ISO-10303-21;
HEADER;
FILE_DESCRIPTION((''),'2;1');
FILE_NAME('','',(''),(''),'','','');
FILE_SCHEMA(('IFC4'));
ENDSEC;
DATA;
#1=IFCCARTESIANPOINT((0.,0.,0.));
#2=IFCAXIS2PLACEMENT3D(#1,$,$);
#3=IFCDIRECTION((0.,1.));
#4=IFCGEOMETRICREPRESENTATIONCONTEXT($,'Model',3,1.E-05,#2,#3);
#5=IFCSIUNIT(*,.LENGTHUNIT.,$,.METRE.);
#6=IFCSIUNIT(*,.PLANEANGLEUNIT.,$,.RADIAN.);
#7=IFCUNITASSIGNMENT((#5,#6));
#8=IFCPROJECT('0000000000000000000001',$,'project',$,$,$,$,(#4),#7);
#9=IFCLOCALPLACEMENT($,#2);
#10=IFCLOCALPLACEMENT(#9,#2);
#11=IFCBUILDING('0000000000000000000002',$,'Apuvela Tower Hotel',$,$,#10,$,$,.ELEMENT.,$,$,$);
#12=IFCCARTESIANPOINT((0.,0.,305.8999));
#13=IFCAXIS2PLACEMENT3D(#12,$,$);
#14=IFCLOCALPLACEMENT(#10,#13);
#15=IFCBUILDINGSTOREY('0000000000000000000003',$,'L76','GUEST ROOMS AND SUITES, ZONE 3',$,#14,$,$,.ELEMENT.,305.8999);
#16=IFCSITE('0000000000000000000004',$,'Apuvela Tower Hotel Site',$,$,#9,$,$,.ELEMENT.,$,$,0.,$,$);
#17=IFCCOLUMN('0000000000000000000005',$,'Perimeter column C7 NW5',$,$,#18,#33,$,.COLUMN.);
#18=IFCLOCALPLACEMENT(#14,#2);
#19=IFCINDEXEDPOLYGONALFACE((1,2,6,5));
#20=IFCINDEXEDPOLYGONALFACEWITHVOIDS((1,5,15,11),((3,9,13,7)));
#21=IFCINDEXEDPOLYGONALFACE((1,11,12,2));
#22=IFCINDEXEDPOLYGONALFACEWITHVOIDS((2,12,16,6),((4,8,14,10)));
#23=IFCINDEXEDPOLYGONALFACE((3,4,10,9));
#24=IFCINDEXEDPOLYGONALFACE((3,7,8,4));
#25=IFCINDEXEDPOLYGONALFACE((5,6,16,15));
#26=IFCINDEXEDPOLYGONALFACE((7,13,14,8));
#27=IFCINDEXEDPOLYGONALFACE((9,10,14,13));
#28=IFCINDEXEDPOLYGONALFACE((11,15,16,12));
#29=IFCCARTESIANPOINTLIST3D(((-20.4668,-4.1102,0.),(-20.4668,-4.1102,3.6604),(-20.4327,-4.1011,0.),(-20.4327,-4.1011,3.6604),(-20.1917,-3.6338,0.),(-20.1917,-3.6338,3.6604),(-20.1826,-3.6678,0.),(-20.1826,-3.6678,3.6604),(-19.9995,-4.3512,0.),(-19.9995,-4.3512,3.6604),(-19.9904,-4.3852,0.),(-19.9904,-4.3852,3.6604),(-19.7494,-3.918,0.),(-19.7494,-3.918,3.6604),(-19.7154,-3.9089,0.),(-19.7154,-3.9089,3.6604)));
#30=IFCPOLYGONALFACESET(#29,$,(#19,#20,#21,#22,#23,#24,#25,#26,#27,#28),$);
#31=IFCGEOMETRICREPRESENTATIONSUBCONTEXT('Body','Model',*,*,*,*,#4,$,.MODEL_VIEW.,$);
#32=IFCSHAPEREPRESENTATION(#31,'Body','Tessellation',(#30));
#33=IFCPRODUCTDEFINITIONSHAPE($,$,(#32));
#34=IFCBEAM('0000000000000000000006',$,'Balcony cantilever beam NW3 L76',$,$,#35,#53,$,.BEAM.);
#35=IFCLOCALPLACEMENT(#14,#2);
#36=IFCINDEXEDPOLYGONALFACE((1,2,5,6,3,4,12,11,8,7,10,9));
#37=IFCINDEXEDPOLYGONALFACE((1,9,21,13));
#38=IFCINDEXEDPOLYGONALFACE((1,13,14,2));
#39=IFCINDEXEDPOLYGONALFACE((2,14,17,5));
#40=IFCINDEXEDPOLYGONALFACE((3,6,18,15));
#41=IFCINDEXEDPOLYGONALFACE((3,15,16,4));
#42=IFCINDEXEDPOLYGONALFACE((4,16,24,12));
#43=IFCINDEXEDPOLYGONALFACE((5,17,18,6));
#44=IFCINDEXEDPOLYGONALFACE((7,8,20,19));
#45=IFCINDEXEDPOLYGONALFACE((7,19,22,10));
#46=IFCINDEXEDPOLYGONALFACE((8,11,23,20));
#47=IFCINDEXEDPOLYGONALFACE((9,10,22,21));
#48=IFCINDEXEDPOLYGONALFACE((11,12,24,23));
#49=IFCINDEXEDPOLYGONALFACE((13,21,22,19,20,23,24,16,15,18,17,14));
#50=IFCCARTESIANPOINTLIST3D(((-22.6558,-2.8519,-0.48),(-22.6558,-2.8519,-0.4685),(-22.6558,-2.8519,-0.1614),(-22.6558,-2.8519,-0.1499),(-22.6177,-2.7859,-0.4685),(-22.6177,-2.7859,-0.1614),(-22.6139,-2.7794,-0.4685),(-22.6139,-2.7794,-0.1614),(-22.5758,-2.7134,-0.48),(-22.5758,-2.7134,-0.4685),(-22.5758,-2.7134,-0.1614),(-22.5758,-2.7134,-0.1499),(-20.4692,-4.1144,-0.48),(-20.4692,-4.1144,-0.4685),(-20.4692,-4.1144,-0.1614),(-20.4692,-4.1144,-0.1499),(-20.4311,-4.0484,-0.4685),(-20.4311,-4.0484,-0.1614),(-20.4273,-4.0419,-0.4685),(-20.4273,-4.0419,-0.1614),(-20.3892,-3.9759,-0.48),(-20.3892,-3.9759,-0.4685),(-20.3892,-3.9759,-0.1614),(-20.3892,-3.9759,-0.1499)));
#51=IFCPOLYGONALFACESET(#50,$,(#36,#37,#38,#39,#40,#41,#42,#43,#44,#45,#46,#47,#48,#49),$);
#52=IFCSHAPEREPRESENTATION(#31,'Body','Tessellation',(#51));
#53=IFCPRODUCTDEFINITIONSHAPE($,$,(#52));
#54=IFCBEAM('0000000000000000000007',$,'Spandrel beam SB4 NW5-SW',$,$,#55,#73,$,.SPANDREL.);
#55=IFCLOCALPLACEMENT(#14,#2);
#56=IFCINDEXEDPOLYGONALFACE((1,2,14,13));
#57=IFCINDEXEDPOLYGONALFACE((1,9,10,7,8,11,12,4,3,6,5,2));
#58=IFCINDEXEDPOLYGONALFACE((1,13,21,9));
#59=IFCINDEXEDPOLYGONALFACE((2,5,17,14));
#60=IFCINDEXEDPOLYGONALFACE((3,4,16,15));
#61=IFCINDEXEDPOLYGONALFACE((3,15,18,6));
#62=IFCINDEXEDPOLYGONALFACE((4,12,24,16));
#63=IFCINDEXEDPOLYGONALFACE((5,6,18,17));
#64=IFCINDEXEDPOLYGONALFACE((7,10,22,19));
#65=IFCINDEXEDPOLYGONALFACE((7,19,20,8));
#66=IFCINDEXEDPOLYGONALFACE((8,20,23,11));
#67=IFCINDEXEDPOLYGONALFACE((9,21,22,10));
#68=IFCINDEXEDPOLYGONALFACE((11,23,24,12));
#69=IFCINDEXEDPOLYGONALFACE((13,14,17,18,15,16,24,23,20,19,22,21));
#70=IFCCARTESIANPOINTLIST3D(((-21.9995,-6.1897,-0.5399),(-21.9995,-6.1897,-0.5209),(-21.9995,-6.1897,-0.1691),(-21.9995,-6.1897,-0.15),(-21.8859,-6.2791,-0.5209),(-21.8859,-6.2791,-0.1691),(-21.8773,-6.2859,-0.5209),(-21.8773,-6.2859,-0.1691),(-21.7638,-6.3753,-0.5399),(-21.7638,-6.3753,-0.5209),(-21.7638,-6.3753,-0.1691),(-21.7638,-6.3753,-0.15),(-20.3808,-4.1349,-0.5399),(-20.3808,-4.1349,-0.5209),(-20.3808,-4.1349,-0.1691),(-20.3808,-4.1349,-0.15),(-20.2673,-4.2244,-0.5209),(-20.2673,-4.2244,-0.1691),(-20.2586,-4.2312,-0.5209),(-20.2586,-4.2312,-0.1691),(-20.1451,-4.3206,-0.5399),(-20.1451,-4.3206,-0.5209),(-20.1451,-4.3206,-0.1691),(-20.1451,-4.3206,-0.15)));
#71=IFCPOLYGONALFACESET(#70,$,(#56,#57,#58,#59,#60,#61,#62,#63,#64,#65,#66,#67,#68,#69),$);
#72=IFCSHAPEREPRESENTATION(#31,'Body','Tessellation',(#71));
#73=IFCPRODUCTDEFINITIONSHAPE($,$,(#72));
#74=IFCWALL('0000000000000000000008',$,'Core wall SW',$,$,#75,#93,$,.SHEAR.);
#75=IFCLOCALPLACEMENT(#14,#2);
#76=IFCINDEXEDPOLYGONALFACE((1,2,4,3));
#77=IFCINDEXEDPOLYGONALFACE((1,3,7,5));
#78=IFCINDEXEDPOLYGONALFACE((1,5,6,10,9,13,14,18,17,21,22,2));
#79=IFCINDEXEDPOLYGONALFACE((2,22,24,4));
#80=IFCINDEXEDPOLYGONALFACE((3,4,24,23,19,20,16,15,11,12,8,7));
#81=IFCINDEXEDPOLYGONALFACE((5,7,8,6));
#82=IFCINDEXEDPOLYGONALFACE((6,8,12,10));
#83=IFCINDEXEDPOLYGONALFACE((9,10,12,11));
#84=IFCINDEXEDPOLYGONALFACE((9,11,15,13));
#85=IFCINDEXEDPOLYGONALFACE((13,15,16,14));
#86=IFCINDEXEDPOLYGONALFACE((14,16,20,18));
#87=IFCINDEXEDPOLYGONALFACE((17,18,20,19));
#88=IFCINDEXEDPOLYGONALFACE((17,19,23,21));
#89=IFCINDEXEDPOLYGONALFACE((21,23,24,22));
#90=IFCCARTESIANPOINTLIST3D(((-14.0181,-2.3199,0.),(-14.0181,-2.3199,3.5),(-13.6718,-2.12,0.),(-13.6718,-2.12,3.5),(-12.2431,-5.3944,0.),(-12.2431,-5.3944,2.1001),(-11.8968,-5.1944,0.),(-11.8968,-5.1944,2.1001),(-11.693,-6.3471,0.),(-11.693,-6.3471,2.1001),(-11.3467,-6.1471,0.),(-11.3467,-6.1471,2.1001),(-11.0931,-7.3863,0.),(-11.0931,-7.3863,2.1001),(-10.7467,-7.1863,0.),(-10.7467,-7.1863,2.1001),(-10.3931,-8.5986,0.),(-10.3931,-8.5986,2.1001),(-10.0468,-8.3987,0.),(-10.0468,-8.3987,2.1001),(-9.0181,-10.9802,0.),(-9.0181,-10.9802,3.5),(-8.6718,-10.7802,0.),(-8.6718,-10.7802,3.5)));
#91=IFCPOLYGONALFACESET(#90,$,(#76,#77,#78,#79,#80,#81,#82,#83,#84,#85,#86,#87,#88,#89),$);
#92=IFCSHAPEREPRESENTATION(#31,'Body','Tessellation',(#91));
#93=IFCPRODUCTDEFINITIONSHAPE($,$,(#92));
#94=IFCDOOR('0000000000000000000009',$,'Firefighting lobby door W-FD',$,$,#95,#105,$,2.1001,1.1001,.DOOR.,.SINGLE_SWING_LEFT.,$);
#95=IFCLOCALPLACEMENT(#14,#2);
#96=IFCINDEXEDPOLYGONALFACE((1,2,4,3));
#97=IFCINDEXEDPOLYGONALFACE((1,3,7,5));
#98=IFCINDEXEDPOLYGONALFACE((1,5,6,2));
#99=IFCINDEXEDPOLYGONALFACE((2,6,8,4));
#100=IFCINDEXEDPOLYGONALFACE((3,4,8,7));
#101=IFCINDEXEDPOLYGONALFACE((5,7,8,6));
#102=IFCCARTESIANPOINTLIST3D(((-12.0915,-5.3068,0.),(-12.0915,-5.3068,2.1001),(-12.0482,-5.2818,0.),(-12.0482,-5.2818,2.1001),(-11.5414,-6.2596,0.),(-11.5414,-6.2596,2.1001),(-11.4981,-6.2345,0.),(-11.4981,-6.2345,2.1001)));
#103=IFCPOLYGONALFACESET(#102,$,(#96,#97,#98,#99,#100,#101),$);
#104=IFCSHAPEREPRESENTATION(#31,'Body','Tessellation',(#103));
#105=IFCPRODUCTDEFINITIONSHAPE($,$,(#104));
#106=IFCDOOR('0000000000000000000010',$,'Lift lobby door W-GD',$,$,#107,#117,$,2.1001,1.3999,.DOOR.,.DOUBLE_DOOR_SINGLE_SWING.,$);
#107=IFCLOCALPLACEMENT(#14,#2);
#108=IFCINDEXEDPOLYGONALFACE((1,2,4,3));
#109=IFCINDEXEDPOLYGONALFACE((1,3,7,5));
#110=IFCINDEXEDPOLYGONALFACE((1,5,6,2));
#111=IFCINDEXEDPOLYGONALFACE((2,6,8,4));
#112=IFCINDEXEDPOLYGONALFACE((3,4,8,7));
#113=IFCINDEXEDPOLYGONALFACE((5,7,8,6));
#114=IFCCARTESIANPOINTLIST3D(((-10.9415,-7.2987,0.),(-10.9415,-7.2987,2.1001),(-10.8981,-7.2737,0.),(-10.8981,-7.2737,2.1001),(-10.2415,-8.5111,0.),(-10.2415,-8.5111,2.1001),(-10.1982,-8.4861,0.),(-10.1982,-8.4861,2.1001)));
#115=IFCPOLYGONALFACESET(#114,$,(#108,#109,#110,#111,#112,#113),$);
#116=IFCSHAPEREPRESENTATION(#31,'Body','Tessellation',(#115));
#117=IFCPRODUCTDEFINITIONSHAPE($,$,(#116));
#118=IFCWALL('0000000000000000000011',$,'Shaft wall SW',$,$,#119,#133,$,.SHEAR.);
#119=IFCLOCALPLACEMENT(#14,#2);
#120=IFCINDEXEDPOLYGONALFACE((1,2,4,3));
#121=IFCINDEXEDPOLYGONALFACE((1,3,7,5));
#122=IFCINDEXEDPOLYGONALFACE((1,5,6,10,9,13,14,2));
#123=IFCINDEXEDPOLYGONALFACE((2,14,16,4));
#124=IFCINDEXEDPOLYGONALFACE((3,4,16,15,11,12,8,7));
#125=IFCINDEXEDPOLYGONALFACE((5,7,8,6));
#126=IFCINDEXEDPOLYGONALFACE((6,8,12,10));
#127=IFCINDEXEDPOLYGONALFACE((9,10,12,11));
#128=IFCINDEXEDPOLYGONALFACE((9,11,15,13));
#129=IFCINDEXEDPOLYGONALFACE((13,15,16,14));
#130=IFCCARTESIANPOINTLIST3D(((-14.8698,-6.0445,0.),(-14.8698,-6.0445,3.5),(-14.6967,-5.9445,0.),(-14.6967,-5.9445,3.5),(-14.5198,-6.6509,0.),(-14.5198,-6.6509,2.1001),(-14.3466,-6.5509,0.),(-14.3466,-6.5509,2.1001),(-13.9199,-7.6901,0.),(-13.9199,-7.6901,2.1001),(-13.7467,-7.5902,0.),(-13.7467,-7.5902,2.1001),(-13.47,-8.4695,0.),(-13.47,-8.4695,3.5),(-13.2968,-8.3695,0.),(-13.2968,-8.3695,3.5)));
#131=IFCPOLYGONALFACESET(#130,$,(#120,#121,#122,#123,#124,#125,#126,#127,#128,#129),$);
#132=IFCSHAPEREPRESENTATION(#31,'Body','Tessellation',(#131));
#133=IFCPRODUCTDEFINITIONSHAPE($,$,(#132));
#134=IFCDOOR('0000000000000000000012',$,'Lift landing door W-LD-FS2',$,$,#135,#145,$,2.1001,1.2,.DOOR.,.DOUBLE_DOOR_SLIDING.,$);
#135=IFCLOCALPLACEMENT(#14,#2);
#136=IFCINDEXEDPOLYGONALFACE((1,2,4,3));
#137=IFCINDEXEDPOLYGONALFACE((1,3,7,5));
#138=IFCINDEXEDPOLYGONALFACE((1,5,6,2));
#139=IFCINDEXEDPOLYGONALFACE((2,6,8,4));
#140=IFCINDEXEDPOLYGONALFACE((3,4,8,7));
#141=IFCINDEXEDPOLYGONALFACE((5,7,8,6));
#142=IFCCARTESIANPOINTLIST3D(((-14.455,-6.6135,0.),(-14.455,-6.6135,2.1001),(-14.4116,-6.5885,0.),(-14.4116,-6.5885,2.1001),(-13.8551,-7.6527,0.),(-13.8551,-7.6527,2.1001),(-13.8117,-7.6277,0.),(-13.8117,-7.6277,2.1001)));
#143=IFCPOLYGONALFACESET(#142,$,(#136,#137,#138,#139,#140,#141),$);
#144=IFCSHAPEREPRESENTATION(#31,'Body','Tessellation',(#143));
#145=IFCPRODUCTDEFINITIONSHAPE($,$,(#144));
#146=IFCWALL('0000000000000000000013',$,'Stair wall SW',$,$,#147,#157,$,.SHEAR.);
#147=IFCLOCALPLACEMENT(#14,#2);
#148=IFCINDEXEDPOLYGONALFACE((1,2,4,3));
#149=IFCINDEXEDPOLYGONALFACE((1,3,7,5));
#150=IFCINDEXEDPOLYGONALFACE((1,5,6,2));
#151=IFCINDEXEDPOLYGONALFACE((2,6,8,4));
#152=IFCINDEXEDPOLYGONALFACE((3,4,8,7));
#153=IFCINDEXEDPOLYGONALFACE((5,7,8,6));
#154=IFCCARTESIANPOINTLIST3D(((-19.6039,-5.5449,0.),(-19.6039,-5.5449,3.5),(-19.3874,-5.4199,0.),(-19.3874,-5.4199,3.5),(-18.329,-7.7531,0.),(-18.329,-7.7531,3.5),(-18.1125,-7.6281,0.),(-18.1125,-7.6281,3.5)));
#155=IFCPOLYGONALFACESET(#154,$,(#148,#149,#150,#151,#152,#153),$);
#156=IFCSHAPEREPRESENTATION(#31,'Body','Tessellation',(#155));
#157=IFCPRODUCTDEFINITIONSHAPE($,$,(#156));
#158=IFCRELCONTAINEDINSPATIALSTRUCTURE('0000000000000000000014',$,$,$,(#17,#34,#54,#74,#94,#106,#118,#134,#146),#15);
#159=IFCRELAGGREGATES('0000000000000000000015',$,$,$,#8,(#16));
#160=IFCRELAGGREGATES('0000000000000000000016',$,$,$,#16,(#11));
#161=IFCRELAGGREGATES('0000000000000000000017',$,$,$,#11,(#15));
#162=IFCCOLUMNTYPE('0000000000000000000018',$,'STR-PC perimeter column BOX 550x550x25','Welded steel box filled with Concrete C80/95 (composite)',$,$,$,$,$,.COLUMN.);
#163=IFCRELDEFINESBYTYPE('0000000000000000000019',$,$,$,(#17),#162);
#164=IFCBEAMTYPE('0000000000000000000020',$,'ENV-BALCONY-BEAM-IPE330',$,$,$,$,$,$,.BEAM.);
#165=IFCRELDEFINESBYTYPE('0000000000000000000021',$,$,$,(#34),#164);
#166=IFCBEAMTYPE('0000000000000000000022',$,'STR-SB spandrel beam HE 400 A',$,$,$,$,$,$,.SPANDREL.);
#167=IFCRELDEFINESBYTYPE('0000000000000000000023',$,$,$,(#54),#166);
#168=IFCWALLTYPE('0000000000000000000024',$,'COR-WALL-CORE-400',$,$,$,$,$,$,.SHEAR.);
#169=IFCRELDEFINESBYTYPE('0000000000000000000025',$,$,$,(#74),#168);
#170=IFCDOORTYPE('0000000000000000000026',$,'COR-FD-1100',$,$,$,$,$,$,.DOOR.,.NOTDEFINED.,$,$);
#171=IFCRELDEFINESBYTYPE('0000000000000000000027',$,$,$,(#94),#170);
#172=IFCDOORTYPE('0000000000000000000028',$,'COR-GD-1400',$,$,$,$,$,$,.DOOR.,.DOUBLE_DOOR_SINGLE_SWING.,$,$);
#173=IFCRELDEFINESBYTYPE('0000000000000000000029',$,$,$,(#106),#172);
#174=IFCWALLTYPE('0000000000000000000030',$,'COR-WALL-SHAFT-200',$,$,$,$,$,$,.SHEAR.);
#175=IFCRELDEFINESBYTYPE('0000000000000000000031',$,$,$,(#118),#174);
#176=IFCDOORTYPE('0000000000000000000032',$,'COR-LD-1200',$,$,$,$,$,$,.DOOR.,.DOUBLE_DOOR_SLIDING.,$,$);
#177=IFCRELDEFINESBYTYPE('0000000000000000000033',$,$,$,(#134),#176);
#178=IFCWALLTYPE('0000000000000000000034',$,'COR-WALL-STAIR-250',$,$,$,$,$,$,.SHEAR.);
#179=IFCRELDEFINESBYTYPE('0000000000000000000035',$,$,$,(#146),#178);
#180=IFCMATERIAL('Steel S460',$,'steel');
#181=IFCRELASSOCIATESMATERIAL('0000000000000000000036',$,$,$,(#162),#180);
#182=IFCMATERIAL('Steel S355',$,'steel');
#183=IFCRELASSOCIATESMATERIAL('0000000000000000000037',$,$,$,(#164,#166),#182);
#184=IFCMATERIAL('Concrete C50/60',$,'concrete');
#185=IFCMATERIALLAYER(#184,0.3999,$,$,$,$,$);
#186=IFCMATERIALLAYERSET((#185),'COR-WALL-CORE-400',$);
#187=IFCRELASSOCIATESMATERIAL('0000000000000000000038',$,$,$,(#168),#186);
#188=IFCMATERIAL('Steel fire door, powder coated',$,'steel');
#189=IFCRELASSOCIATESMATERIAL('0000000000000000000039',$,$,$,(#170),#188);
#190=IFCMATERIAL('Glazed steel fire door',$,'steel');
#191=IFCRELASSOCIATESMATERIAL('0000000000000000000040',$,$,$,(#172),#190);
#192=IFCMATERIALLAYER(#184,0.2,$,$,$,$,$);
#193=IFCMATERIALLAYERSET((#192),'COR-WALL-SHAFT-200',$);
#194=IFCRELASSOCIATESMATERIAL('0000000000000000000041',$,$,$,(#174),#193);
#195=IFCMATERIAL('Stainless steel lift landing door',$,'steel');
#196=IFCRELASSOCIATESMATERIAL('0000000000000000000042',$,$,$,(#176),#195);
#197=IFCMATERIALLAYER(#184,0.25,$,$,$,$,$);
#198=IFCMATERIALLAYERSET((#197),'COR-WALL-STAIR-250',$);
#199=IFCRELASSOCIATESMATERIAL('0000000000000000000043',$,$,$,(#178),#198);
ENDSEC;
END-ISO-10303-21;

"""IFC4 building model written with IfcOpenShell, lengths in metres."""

from ifc_helpers import new_model, si_unit, direction, frame, frame_2d, origin, origin_2d, place, context, subcontext, project, spatial, rectangle, hollow_rectangle, i_section, extrude, boolean, halfspace, material, layer, layer_set, material_profile, profile_set, type_object, element, fill, save


model = new_model("IFC4")

# Units and contexts
model_context = context("Model", 3, precision=1e-05, world=origin(), true_north=direction((0.0, 1.0)))
body_context = subcontext(model_context, "Body", "Model", "MODEL_VIEW")
ifc_project = project(units=[si_unit("LENGTHUNIT", "METRE"), si_unit("PLANEANGLEUNIT", "RADIAN")], contexts=[model_context])

# Site, building, storey
site_placement = place(None, origin())
site = spatial("IfcSite", under=ifc_project, at=site_placement, Name="Apuvela Tower Hotel Site", CompositionType="ELEMENT", RefElevation=0.0)
building_placement = place(site_placement, origin())
building = spatial("IfcBuilding", under=site, at=building_placement, Name="Apuvela Tower Hotel", CompositionType="ELEMENT")
storey_placement = place(building_placement, frame((0.0, 0.0, 305.8999)))
storey = spatial("IfcBuildingStorey", under=building, at=storey_placement, Name="L76", Description="GUEST ROOMS AND SUITES, ZONE 3", CompositionType="ELEMENT", Elevation=305.8999)

# Column
ifc_material_1 = material(Name="Steel S460", Category="steel")
ifc_material_profile_1 = material_profile(ifc_material_1, hollow_rectangle(XDim=0.55, YDim=0.55, WallThickness=0.0249, at=origin_2d()), Name="BOX 550x550x25")
ifc_material_2 = material(Name="Concrete C80/95", Category="concrete")
ifc_material_profile_2 = material_profile(ifc_material_2, rectangle(XDim=0.5, YDim=0.5, at=origin_2d()), Name="Concrete C80/95 infill")
ifc_profile_set_1 = profile_set([ifc_material_profile_1, ifc_material_profile_2], Name="Steel S460")
column_type = type_object("IfcColumnType", Name="STR-PC perimeter column BOX 550x550x25", Description="Welded steel box filled with Concrete C80/95 (composite)", PredefinedType="COLUMN", material=ifc_profile_set_1)
column_placement = place(storey_placement, frame((-20.0911, -4.0095, 0.0), z_axis=(0.0, 0.0, 1.0), x_axis=(0.5, 0.866025, 0.0)))
element("IfcColumn", 1, at=column_placement, inside=storey, type_object=column_type, Name="Perimeter column C7 NW5", PredefinedType="COLUMN", context=body_context, shape_type="SweptSolid", body=[
    boolean("DIFFERENCE", extrude(hollow_rectangle(XDim=0.55, YDim=0.55, WallThickness=0.0249, at=origin_2d()), origin(), (0.0, 0.0, 1.0), 3.7002), halfspace(frame((0.0, 0.0, 3.6604), z_axis=(0.0, 0.0, 1.0), x_axis=(1.0, 0.0, 0.0)), False)),
])

# Beams
ifc_material_3 = material(Name="Steel S355", Category="steel")
ifc_material_profile_3 = material_profile(ifc_material_3, i_section(OverallWidth=0.1599, OverallDepth=0.3301, WebThickness=0.0076, FlangeThickness=0.0115, at=origin_2d()), Name="IPE 330")
ifc_profile_set_2 = profile_set([ifc_material_profile_3], Name="Steel S355")
beam_type_1 = type_object("IfcBeamType", Name="ENV-BALCONY-BEAM-IPE330", PredefinedType="BEAM", material=ifc_profile_set_2)
beam_1_placement = place(storey_placement, frame((-20.4292, -4.0452, -0.3149), z_axis=(-0.866015, 0.500018, 0.0), x_axis=(-0.500018, -0.866015, 0.0)))
element("IfcBeam", 2, at=beam_1_placement, inside=storey, type_object=beam_type_1, Name="Balcony cantilever beam NW3 L76", PredefinedType="BEAM", context=body_context, shape_type="SweptSolid", body=[
    extrude(i_section(OverallWidth=0.1599, OverallDepth=0.3301, WebThickness=0.0076, FlangeThickness=0.0115, at=origin_2d()), origin(), (0.0, 0.0, 1.0), 2.5249),
])
ifc_material_profile_4 = material_profile(ifc_material_3, i_section(OverallWidth=0.3, OverallDepth=0.3899, WebThickness=0.011, FlangeThickness=0.019, at=origin_2d()), Name="HE 400 A")
ifc_profile_set_3 = profile_set([ifc_material_profile_4], Name="Steel S355")
beam_type_2 = type_object("IfcBeamType", Name="STR-SB spandrel beam HE 400 A", PredefinedType="SPANDREL", material=ifc_profile_set_3)
beam_2_placement = place(storey_placement, frame((-20.2629, -4.2278, -0.345), z_axis=(-0.618827, -0.785527, 0.0), x_axis=(0.785527, -0.618827, 0.0)))
element("IfcBeam", 3, at=beam_2_placement, inside=storey, type_object=beam_type_2, Name="Spandrel beam SB4 NW5-SW", PredefinedType="SPANDREL", context=body_context, shape_type="SweptSolid", body=[
    extrude(i_section(OverallWidth=0.3, OverallDepth=0.3899, WebThickness=0.011, FlangeThickness=0.019, at=origin_2d()), origin(), (0.0, 0.0, 1.0), 2.6157),
])

# Wall, openings, doors
ifc_material_4 = material(Name="Concrete C50/60", Category="concrete")
ifc_layer_1 = layer(ifc_material_4, 0.3999)
ifc_layer_set_1 = layer_set([ifc_layer_1], Name="COR-WALL-CORE-400")
wall_type_1 = type_object("IfcWallType", Name="COR-WALL-CORE-400", PredefinedType="SHEAR", material=ifc_layer_set_1)
wall_1_placement = place(storey_placement, frame((-13.845, -2.22, 0.0), z_axis=(0.0, 0.0, 1.0), x_axis=(0.500004, -0.866023, 0.0)))
wall_1 = element("IfcWall", 4, at=wall_1_placement, inside=storey, type_object=wall_type_1, Name="Core wall SW", PredefinedType="SHEAR", context=body_context, shape_type="SweptSolid", body=[
    extrude(rectangle(XDim=10.0, YDim=0.3999, at=frame_2d((5.0, 0.0))), origin(), (0.0, 0.0, 1.0), 3.5),
])
opening_1_placement = place(wall_1_placement, frame((3.55, 0.0, 0.0)))
opening_1 = element("IfcOpeningElement", 5, at=opening_1_placement, cuts=wall_1, PredefinedType="OPENING", context=body_context, shape_type="SweptSolid", body=[
    extrude(rectangle(XDim=1.1001, YDim=2.1001, at=frame_2d((0.55, 1.05))), frame((0.0, 0.21, 0.0), z_axis=(0.0, -1.0, 0.0), x_axis=(1.0, 0.0, 0.0)), (0.0, 0.0, 1.0), 0.4199),
])
opening_2_placement = place(wall_1_placement, frame((5.8501, 0.0, 0.0)))
opening_2 = element("IfcOpeningElement", 6, at=opening_2_placement, cuts=wall_1, PredefinedType="OPENING", context=body_context, shape_type="SweptSolid", body=[
    extrude(rectangle(XDim=1.3999, YDim=2.1001, at=frame_2d((0.7, 1.05))), frame((0.0, 0.21, 0.0), z_axis=(0.0, -1.0, 0.0), x_axis=(1.0, 0.0, 0.0)), (0.0, 0.0, 1.0), 0.4199),
])
ifc_material_5 = material(Name="Steel fire door, powder coated", Category="steel")
door_type_1 = type_object("IfcDoorType", Name="COR-FD-1100", OperationType="NOTDEFINED", PredefinedType="DOOR", material=ifc_material_5)
door_1_placement = place(opening_1_placement, frame((1.1001, 0.0, 0.0), z_axis=(0.0, 0.0, 1.0), x_axis=(-1.0, 0.0, 0.0)))
door_1 = element("IfcDoor", 7, at=door_1_placement, inside=storey, type_object=door_type_1, Name="Firefighting lobby door W-FD", OperationType="SINGLE_SWING_LEFT", OverallHeight=2.1001, OverallWidth=1.1001, PredefinedType="DOOR", context=body_context, shape_type="SweptSolid", body=[
    extrude(rectangle(XDim=1.1001, YDim=2.1001, at=frame_2d((0.55, 1.05))), frame((0.0, 0.0249, 0.0), z_axis=(0.0, -1.0, 0.0), x_axis=(1.0, 0.0, 0.0)), (0.0, 0.0, 1.0), 0.05),
])
fill(opening_1, door_1)
ifc_material_6 = material(Name="Glazed steel fire door", Category="steel")
door_type_2 = type_object("IfcDoorType", Name="COR-GD-1400", OperationType="DOUBLE_DOOR_SINGLE_SWING", PredefinedType="DOOR", material=ifc_material_6)
door_2_placement = place(opening_2_placement, frame((1.3999, 0.0, 0.0), z_axis=(0.0, 0.0, 1.0), x_axis=(-1.0, 0.0, 0.0)))
door_2 = element("IfcDoor", 8, at=door_2_placement, inside=storey, type_object=door_type_2, Name="Lift lobby door W-GD", OperationType="DOUBLE_DOOR_SINGLE_SWING", OverallHeight=2.1001, OverallWidth=1.3999, PredefinedType="DOOR", context=body_context, shape_type="SweptSolid", body=[
    extrude(rectangle(XDim=1.3999, YDim=2.1001, at=frame_2d((0.7, 1.05))), frame((0.0, 0.0249, 0.0), z_axis=(0.0, -1.0, 0.0), x_axis=(1.0, 0.0, 0.0)), (0.0, 0.0, 1.0), 0.05),
])
fill(opening_2, door_2)

# Wall, opening, door
ifc_layer_2 = layer(ifc_material_4, 0.2)
ifc_layer_set_2 = layer_set([ifc_layer_2], Name="COR-WALL-SHAFT-200")
wall_type_2 = type_object("IfcWallType", Name="COR-WALL-SHAFT-200", PredefinedType="SHEAR", material=ifc_layer_set_2)
wall_2_placement = place(storey_placement, frame((-14.7832, -5.9946, 0.0), z_axis=(0.0, 0.0, 1.0), x_axis=(0.499946, -0.866056, 0.0)))
wall_2 = element("IfcWall", 9, at=wall_2_placement, inside=storey, type_object=wall_type_2, Name="Shaft wall SW", PredefinedType="SHEAR", context=body_context, shape_type="SweptSolid", body=[
    extrude(rectangle(XDim=2.8, YDim=0.2, at=frame_2d((1.3999, 0.0))), origin(), (0.0, 0.0, 1.0), 3.5),
])
opening_3_placement = place(wall_2_placement, frame((0.7, 0.0, 0.0)))
opening_3 = element("IfcOpeningElement", 10, at=opening_3_placement, cuts=wall_2, PredefinedType="OPENING", context=body_context, shape_type="SweptSolid", body=[
    extrude(rectangle(XDim=1.2, YDim=2.1001, at=frame_2d((0.6001, 1.05))), frame((0.0, 0.1099, 0.0), z_axis=(0.0, -1.0, 0.0), x_axis=(1.0, 0.0, 0.0)), (0.0, 0.0, 1.0), 0.22),
])
ifc_material_7 = material(Name="Stainless steel lift landing door", Category="steel")
door_type_3 = type_object("IfcDoorType", Name="COR-LD-1200", OperationType="DOUBLE_DOOR_SLIDING", PredefinedType="DOOR", material=ifc_material_7)
door_3_placement = place(opening_3_placement, origin())
door_3 = element("IfcDoor", 11, at=door_3_placement, inside=storey, type_object=door_type_3, Name="Lift landing door W-LD-FS2", OperationType="DOUBLE_DOOR_SLIDING", OverallHeight=2.1001, OverallWidth=1.2, PredefinedType="DOOR", context=body_context, shape_type="SweptSolid", body=[
    extrude(rectangle(XDim=1.2, YDim=2.1001, at=frame_2d((0.6001, 1.05))), frame((0.0, 0.0249, 0.0), z_axis=(0.0, -1.0, 0.0), x_axis=(1.0, 0.0, 0.0)), (0.0, 0.0, 1.0), 0.05),
])
fill(opening_3, door_3)

# Wall
ifc_layer_3 = layer(ifc_material_4, 0.25)
ifc_layer_set_3 = layer_set([ifc_layer_3], Name="COR-WALL-STAIR-250")
wall_type_3 = type_object("IfcWallType", Name="COR-WALL-STAIR-250", PredefinedType="SHEAR", material=ifc_layer_set_3)
wall_3_placement = place(storey_placement, frame((-19.4956, -5.4824, 0.0), z_axis=(0.0, 0.0, 1.0), x_axis=(0.49999, -0.866031, 0.0)))
element("IfcWall", 12, at=wall_3_placement, inside=storey, type_object=wall_type_3, Name="Stair wall SW", PredefinedType="SHEAR", context=body_context, shape_type="SweptSolid", body=[
    extrude(rectangle(XDim=2.5498, YDim=0.25, at=frame_2d((1.2749, 0.0))), origin(), (0.0, 0.0, 1.0), 3.5),
])

save(model, "model.ifc")
